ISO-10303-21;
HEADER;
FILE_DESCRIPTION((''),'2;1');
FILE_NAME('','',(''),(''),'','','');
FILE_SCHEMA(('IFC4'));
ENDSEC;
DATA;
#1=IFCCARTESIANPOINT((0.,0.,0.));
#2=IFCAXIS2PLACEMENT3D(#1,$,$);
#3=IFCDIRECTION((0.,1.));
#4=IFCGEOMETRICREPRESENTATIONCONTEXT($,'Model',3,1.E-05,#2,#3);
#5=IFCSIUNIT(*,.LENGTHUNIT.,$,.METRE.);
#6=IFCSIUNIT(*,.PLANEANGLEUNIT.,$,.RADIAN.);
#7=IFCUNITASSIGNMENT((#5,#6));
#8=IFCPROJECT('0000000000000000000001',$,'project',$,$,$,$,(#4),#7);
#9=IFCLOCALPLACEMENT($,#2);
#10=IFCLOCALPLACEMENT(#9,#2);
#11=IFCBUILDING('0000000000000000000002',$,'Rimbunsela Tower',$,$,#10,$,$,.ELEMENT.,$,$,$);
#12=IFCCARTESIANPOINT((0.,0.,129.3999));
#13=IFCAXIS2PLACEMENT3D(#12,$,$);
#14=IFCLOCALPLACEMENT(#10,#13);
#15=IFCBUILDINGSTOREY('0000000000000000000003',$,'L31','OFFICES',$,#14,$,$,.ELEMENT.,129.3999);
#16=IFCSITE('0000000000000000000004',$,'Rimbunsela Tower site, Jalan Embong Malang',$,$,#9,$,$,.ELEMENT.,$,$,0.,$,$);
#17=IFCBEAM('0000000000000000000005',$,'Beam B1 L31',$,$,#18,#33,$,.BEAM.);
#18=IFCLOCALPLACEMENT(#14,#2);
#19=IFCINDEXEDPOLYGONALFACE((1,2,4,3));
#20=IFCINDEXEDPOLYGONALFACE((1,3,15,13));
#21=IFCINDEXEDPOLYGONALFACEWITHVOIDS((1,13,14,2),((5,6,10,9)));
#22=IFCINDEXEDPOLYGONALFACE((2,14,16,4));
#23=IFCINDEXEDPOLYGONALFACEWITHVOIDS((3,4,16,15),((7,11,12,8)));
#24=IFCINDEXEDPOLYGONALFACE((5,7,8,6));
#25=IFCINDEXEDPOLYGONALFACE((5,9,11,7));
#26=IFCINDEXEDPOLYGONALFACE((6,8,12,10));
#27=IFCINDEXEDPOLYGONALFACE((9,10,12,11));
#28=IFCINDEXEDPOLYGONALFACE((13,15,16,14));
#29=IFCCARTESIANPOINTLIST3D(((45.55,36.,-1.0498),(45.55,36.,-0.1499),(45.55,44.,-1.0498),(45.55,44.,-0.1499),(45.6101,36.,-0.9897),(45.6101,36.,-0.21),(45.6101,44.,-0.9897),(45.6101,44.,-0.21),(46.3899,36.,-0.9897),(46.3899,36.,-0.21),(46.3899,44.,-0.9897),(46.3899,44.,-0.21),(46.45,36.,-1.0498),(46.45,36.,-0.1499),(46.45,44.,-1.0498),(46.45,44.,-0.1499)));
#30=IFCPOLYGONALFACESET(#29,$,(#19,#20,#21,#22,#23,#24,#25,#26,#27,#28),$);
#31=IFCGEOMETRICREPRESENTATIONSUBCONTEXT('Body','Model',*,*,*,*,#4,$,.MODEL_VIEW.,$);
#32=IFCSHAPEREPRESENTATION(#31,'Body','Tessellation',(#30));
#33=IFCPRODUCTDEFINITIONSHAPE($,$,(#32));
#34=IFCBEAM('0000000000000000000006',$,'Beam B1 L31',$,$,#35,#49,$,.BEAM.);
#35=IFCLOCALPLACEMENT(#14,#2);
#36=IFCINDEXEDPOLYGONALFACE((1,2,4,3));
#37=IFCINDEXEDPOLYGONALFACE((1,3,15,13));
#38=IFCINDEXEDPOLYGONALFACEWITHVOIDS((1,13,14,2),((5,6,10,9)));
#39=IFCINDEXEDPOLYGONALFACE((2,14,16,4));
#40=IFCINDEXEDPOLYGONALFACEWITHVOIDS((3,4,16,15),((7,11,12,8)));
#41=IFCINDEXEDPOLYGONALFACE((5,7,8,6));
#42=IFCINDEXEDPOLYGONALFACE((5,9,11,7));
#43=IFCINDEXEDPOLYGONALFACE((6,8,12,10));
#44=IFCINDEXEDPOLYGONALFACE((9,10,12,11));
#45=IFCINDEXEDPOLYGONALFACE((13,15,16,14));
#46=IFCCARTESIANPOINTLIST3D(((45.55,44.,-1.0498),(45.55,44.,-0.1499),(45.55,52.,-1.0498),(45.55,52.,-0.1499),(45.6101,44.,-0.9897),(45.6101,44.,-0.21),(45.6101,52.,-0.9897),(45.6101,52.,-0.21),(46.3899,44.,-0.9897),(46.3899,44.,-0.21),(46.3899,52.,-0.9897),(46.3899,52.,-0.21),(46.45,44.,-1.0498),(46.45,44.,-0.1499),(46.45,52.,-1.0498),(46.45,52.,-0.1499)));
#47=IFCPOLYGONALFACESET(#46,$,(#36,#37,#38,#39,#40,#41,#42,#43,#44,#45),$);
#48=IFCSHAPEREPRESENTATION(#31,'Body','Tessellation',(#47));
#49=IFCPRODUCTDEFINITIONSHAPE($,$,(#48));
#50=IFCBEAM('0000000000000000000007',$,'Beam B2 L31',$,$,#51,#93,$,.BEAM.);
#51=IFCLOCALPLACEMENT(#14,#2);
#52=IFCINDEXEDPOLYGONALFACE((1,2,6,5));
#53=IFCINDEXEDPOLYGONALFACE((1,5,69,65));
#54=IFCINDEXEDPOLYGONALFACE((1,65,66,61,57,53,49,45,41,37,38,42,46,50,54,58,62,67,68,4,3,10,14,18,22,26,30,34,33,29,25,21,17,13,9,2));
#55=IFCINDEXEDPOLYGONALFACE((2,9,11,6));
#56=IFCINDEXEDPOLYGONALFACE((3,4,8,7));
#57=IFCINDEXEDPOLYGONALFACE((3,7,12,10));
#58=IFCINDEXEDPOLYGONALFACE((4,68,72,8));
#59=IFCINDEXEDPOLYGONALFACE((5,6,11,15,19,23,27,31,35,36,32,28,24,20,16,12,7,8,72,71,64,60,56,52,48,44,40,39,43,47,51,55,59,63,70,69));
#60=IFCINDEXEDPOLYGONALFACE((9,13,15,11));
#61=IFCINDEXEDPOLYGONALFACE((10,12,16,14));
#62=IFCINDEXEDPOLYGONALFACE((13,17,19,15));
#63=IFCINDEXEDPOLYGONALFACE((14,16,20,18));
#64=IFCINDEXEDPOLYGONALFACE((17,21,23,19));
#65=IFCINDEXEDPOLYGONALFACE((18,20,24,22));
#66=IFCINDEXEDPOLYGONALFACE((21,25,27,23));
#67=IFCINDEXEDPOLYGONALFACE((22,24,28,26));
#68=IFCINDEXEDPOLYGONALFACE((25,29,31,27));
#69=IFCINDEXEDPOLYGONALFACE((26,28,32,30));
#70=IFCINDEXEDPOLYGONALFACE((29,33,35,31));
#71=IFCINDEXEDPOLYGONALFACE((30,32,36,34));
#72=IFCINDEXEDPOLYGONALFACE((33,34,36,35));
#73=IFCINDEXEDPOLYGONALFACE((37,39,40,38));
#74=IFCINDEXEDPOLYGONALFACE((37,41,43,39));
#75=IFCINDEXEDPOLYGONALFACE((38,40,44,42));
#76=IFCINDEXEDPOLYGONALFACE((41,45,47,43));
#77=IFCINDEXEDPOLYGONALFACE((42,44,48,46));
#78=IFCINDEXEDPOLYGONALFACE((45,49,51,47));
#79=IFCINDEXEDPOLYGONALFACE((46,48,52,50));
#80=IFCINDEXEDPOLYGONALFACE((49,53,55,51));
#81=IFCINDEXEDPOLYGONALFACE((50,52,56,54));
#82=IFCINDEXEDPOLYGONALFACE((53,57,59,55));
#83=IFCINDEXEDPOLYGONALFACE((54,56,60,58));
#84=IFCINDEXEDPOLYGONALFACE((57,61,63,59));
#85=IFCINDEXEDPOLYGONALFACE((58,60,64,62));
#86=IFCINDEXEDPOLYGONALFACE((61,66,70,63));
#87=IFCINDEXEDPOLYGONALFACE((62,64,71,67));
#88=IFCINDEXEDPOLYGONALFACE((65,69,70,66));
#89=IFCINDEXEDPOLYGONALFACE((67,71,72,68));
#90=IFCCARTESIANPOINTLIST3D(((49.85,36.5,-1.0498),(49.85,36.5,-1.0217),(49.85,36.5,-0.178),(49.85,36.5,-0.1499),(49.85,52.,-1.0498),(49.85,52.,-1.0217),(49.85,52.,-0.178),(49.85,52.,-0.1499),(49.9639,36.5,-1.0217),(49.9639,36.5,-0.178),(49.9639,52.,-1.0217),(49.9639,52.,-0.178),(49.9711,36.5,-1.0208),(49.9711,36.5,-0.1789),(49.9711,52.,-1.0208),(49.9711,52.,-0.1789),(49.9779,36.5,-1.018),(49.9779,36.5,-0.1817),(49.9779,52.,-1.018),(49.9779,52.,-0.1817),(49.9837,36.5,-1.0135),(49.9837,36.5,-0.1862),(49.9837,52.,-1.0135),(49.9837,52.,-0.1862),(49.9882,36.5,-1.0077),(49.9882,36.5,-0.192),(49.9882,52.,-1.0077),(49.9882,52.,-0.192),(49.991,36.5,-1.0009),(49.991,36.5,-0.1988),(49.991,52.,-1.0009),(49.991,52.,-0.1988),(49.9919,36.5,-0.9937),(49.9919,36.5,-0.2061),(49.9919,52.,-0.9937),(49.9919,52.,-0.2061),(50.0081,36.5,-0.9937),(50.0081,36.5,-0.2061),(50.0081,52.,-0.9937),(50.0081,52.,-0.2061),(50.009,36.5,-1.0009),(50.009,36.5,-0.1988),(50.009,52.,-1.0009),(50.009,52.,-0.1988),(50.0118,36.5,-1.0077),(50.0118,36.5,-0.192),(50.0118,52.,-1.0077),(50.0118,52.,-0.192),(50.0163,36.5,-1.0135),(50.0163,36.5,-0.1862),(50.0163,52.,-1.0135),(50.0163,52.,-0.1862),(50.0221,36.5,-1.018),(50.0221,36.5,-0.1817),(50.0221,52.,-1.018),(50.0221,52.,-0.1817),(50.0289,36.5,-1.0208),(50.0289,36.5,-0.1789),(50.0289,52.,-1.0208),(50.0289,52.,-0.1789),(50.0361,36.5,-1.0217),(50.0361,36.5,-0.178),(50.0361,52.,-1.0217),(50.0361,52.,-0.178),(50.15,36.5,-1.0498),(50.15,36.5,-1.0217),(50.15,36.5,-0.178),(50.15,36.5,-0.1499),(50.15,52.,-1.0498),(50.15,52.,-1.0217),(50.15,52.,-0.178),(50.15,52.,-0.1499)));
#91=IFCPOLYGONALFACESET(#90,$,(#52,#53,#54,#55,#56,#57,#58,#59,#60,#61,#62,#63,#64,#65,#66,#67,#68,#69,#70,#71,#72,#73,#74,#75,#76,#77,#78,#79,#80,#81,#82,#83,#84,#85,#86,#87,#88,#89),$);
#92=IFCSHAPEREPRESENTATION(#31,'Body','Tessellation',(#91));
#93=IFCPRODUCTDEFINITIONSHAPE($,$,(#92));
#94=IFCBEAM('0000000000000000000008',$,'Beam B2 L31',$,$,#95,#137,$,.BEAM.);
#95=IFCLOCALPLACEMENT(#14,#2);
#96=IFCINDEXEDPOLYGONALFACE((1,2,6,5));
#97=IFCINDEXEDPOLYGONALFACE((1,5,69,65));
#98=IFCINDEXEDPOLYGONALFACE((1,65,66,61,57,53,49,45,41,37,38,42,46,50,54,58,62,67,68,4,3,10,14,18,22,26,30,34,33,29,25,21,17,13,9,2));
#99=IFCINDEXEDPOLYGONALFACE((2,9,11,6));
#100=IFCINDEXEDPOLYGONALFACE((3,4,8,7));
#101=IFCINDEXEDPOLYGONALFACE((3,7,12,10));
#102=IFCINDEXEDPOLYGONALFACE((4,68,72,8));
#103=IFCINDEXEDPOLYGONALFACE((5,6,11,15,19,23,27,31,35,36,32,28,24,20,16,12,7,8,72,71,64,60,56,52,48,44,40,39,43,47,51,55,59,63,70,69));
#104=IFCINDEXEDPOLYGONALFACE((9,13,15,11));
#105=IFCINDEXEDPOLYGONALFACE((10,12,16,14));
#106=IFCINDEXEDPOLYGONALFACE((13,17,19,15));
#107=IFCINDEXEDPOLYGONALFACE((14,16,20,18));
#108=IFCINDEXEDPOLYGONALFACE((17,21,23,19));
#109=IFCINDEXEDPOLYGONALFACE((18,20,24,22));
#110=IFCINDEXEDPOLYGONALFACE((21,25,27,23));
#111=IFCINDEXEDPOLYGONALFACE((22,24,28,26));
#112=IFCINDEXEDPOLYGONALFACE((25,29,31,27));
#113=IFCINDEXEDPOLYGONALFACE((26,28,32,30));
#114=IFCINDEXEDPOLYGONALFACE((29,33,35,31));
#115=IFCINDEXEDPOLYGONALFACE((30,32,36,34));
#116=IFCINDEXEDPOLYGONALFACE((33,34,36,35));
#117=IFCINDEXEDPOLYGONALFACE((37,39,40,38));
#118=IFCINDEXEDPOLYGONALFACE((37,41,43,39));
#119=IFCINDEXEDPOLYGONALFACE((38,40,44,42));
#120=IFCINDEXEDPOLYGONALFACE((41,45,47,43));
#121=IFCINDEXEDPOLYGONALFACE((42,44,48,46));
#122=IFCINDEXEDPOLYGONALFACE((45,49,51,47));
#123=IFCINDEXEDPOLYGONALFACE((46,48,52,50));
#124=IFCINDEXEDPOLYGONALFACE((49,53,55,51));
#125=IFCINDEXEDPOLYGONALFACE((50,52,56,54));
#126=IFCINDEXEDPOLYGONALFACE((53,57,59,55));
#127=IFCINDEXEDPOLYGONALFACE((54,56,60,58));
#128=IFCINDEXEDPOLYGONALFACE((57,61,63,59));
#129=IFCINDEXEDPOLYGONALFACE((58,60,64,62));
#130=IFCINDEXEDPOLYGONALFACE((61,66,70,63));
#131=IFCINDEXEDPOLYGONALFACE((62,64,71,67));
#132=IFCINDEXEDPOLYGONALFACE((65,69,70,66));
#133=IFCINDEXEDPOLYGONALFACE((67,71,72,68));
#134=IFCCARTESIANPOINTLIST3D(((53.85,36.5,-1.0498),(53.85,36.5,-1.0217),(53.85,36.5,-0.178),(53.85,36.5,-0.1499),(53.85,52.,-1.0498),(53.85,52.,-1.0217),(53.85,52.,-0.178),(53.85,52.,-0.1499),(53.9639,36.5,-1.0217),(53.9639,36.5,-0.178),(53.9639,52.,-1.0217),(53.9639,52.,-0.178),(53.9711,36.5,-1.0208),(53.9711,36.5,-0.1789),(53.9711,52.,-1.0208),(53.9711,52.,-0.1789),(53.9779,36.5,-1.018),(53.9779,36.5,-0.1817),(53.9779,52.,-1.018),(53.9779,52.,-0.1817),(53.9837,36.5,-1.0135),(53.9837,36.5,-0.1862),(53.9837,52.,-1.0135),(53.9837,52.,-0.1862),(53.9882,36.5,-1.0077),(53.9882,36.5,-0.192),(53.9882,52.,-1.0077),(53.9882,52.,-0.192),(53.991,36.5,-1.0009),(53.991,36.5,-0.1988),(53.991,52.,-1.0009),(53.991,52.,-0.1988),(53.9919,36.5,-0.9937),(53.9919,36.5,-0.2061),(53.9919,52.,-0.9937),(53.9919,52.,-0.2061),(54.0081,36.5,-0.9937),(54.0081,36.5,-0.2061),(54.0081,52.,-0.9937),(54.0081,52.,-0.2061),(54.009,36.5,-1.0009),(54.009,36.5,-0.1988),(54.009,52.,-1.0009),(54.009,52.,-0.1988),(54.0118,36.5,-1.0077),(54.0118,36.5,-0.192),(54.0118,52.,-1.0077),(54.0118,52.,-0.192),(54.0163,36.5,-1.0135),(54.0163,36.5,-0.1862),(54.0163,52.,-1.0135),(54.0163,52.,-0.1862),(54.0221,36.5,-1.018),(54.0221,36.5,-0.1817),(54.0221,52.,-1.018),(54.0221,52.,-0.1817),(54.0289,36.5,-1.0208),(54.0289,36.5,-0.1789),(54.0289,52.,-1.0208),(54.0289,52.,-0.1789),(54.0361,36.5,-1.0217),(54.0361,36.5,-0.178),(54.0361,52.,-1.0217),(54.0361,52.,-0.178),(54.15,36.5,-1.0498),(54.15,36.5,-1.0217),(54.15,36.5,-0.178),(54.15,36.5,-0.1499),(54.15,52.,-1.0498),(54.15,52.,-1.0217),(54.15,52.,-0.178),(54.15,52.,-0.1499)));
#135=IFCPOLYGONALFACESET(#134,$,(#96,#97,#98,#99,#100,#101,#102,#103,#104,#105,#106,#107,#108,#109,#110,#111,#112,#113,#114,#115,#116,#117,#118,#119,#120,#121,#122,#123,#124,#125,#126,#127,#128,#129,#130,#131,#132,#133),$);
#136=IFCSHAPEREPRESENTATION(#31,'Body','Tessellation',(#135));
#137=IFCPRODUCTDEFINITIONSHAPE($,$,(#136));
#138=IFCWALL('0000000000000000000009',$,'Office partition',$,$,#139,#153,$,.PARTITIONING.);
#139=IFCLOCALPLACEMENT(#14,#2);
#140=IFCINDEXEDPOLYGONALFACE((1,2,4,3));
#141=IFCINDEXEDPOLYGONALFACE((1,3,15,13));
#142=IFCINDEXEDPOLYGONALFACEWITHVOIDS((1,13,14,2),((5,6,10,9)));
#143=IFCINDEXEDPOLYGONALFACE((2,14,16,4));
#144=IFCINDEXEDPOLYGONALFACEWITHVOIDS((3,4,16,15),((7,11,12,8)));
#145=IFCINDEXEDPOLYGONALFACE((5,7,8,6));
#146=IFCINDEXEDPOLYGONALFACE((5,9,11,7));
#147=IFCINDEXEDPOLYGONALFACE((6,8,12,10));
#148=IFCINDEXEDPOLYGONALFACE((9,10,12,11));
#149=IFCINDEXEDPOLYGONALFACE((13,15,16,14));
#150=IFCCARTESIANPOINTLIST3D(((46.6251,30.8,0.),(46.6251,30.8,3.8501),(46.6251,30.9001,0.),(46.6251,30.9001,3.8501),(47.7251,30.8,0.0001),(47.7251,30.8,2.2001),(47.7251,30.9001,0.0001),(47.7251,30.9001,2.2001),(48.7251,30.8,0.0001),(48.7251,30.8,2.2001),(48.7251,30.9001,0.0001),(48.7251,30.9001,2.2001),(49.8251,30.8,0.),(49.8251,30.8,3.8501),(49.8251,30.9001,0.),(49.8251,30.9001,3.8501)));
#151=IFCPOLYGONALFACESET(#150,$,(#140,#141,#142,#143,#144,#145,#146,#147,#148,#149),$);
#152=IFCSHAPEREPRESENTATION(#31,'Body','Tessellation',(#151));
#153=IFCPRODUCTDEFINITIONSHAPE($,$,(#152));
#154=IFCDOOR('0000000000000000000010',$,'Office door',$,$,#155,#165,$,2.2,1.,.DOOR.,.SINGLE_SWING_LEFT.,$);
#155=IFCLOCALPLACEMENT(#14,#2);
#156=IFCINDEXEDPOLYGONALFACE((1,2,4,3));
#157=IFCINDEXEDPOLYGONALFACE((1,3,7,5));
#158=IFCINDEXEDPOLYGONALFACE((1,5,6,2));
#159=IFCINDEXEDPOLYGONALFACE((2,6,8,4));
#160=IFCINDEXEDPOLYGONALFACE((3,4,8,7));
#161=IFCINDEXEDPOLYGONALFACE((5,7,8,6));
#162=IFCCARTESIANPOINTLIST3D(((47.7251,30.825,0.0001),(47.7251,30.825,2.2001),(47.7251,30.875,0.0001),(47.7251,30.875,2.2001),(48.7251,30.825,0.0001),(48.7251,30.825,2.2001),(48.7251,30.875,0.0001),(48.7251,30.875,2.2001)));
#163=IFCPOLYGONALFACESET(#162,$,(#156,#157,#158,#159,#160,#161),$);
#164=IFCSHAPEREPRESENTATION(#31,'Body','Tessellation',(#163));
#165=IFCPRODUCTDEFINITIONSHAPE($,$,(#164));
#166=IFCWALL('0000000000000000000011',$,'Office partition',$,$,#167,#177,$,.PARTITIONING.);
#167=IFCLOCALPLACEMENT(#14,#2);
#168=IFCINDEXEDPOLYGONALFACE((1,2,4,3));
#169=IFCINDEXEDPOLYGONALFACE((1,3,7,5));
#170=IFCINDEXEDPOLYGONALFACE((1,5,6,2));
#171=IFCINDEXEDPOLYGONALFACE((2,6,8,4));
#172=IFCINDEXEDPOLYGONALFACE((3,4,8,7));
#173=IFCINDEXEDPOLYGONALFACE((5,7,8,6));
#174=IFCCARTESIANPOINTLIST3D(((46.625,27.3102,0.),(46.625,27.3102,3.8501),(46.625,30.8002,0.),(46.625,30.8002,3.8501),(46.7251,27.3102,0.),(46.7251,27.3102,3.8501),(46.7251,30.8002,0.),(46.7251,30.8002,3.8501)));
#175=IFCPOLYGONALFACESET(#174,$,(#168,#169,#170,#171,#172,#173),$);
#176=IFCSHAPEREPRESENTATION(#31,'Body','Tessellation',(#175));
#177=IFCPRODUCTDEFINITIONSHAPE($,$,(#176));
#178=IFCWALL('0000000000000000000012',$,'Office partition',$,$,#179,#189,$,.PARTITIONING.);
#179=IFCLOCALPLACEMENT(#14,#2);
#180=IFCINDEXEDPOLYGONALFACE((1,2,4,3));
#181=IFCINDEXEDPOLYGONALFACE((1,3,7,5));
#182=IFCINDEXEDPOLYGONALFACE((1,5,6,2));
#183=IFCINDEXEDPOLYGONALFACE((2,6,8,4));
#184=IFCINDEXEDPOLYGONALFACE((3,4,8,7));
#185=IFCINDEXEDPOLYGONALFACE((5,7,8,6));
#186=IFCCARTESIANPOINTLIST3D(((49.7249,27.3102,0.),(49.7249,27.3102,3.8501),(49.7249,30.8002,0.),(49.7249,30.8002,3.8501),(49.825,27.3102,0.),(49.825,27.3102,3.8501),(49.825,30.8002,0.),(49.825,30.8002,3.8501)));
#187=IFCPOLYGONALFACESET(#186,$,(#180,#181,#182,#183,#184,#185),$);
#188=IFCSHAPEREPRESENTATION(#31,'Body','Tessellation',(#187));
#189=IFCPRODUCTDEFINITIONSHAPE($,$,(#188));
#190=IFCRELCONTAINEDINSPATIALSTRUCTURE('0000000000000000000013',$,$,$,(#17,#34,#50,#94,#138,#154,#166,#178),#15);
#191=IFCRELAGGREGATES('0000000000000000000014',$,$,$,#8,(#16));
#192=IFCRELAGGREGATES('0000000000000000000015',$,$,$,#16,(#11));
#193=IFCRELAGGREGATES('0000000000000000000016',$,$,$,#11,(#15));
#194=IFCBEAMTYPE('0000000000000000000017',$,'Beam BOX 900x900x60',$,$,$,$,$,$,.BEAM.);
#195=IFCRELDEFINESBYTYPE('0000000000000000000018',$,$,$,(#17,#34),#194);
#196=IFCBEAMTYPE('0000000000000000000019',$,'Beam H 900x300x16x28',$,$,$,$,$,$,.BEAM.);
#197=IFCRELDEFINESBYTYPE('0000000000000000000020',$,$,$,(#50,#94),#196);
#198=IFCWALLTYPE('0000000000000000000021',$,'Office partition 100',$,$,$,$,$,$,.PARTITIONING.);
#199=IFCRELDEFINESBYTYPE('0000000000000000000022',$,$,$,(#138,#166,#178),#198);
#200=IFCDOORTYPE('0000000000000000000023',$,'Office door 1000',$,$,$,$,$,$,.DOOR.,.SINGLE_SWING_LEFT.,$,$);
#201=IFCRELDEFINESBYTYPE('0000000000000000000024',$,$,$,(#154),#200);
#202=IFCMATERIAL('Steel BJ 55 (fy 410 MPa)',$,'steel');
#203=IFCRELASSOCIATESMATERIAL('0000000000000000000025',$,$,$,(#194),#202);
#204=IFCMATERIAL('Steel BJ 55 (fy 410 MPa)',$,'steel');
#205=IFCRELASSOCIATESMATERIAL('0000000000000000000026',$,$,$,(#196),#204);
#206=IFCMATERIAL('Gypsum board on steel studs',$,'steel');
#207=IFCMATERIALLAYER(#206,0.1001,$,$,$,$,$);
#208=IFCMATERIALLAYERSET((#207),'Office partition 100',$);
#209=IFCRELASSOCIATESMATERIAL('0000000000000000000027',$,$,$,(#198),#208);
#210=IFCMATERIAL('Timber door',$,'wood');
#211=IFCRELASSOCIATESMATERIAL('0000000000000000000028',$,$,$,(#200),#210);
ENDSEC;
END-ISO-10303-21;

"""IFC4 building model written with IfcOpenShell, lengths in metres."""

from ifc_helpers import new_model, si_unit, direction, frame, frame_2d, origin, origin_2d, place, context, subcontext, project, spatial, rectangle, hollow_rectangle, i_section, extrude, material, layer, layer_set, material_profile, profile_set, type_object, element, fill, save


model = new_model("IFC4")

# Units and contexts
model_context = context("Model", 3, precision=1e-05, world=origin(), true_north=direction((0.0, 1.0)))
body_context = subcontext(model_context, "Body", "Model", "MODEL_VIEW")
ifc_project = project(units=[si_unit("LENGTHUNIT", "METRE"), si_unit("PLANEANGLEUNIT", "RADIAN")], contexts=[model_context])

# Site, building, storey
site_placement = place(None, origin())
site = spatial("IfcSite", under=ifc_project, at=site_placement, Name="Rimbunsela Tower site, Jalan Embong Malang", CompositionType="ELEMENT", RefElevation=0.0)
building_placement = place(site_placement, origin())
building = spatial("IfcBuilding", under=site, at=building_placement, Name="Rimbunsela Tower", CompositionType="ELEMENT")
storey_placement = place(building_placement, frame((0.0, 0.0, 129.3999)))
storey = spatial("IfcBuildingStorey", under=building, at=storey_placement, Name="L31", Description="OFFICES", CompositionType="ELEMENT", Elevation=129.3999)

# Beams
ifc_material_1 = material(Name="Steel BJ 55 (fy 410 MPa)", Category="steel")
ifc_material_profile_1 = material_profile(ifc_material_1, hollow_rectangle(XDim=0.8999, YDim=0.8999, WallThickness=0.0601, at=origin_2d()), Name="BOX 900x900x60")
ifc_profile_set_1 = profile_set([ifc_material_profile_1], Name="Steel BJ 55 (fy 410 MPa)")
beam_type_1 = type_object("IfcBeamType", Name="Beam BOX 900x900x60", PredefinedType="BEAM", material=ifc_profile_set_1)
for number, where, z_axis, x_axis, name in (
    (1, (46.0, 36.0, -0.5999), (0.0, 1.0, 0.0), (-1.0, 0.0, 0.0), "Beam B1 L31"),
    (2, (46.0, 44.0, -0.5999), (0.0, 1.0, 0.0), (-1.0, 0.0, 0.0), "Beam B1 L31"),
):
    element("IfcBeam", number, at=place(storey_placement, frame(where, z_axis=z_axis, x_axis=x_axis)), inside=storey, type_object=beam_type_1, Name=name, PredefinedType="BEAM", context=body_context, shape_type="SweptSolid", body=[
        extrude(hollow_rectangle(XDim=0.8999, YDim=0.8999, WallThickness=0.0601, at=origin_2d()), origin(), (0.0, 0.0, 1.0), 8.0),
    ])
ifc_material_2 = material(Name="Steel BJ 55 (fy 410 MPa)", Category="steel")
ifc_material_profile_2 = material_profile(ifc_material_2, i_section(OverallWidth=0.3, OverallDepth=0.8999, WebThickness=0.0161, FlangeThickness=0.0281, FilletRadius=0.0281, at=origin_2d()), Name="H 900x300x16x28")
ifc_profile_set_2 = profile_set([ifc_material_profile_2], Name="Steel BJ 55 (fy 410 MPa)")
beam_type_2 = type_object("IfcBeamType", Name="Beam H 900x300x16x28", PredefinedType="BEAM", material=ifc_profile_set_2)
for number, where, z_axis, x_axis, name in (
    (3, (50.0, 36.5, -0.5999), (0.0, 1.0, 0.0), (-1.0, 0.0, 0.0), "Beam B2 L31"),
    (4, (54.0, 36.5, -0.5999), (0.0, 1.0, 0.0), (-1.0, 0.0, 0.0), "Beam B2 L31"),
):
    element("IfcBeam", number, at=place(storey_placement, frame(where, z_axis=z_axis, x_axis=x_axis)), inside=storey, type_object=beam_type_2, Name=name, PredefinedType="BEAM", context=body_context, shape_type="SweptSolid", body=[
        extrude(i_section(OverallWidth=0.3, OverallDepth=0.8999, WebThickness=0.0161, FlangeThickness=0.0281, FilletRadius=0.0281, at=origin_2d()), origin(), (0.0, 0.0, 1.0), 15.5),
    ])

# Wall, opening, door
ifc_material_3 = material(Name="Gypsum board on steel studs", Category="steel")
ifc_layer_1 = layer(ifc_material_3, 0.1001)
ifc_layer_set_1 = layer_set([ifc_layer_1], Name="Office partition 100")
wall_type_1 = type_object("IfcWallType", Name="Office partition 100", PredefinedType="PARTITIONING", material=ifc_layer_set_1)
wall_1_placement = place(storey_placement, frame((46.625, 30.8501, 0.0), z_axis=(0.0, 0.0, 1.0), x_axis=(1.0, 0.0, 0.0)))
wall_1 = element("IfcWall", 5, at=wall_1_placement, inside=storey, type_object=wall_type_1, Name="Office partition", PredefinedType="PARTITIONING", context=body_context, shape_type="SweptSolid", body=[
    extrude(rectangle(XDim=3.2, YDim=0.1001, at=frame_2d((1.6001, 0.0))), origin(), (0.0, 0.0, 1.0), 3.8501),
])
opening_1_placement = place(wall_1_placement, frame((1.1001, 0.0, 0.0)))
opening_1 = element("IfcOpeningElement", 6, at=opening_1_placement, cuts=wall_1, PredefinedType="OPENING", context=body_context, shape_type="SweptSolid", body=[
    extrude(rectangle(XDim=1.0, YDim=2.2, at=frame_2d((0.5, 1.1001))), frame((0.0, 0.0601, 0.0), z_axis=(0.0, -1.0, 0.0), x_axis=(1.0, 0.0, 0.0)), (0.0, 0.0, 1.0), 0.1201),
])
ifc_material_4 = material(Name="Timber door", Category="wood")
door_type = type_object("IfcDoorType", Name="Office door 1000", OperationType="SINGLE_SWING_LEFT", PredefinedType="DOOR", material=ifc_material_4)
door_placement = place(opening_1_placement, origin())
door = element("IfcDoor", 7, at=door_placement, inside=storey, type_object=door_type, Name="Office door", OperationType="SINGLE_SWING_LEFT", OverallHeight=2.2, OverallWidth=1.0, PredefinedType="DOOR", context=body_context, shape_type="SweptSolid", body=[
    extrude(rectangle(XDim=1.0, YDim=2.2, at=frame_2d((0.5, 1.1001))), frame((0.0, 0.0249, 0.0), z_axis=(0.0, -1.0, 0.0), x_axis=(1.0, 0.0, 0.0)), (0.0, 0.0, 1.0), 0.05),
])
fill(opening_1, door)

# Walls
for number, where, z_axis, x_axis, name in (
    (8, (46.675, 27.3101, 0.0), (0.0, 0.0, 1.0), (0.0, 1.0, 0.0), "Office partition"),
    (9, (49.7749, 27.3101, 0.0), (0.0, 0.0, 1.0), (0.0, 1.0, 0.0), "Office partition"),
):
    element("IfcWall", number, at=place(storey_placement, frame(where, z_axis=z_axis, x_axis=x_axis)), inside=storey, type_object=wall_type_1, Name=name, PredefinedType="PARTITIONING", context=body_context, shape_type="SweptSolid", body=[
        extrude(rectangle(XDim=3.49, YDim=0.1001, at=frame_2d((1.7451, 0.0))), origin(), (0.0, 0.0, 1.0), 3.8501),
    ])

save(model, "model.ifc")
